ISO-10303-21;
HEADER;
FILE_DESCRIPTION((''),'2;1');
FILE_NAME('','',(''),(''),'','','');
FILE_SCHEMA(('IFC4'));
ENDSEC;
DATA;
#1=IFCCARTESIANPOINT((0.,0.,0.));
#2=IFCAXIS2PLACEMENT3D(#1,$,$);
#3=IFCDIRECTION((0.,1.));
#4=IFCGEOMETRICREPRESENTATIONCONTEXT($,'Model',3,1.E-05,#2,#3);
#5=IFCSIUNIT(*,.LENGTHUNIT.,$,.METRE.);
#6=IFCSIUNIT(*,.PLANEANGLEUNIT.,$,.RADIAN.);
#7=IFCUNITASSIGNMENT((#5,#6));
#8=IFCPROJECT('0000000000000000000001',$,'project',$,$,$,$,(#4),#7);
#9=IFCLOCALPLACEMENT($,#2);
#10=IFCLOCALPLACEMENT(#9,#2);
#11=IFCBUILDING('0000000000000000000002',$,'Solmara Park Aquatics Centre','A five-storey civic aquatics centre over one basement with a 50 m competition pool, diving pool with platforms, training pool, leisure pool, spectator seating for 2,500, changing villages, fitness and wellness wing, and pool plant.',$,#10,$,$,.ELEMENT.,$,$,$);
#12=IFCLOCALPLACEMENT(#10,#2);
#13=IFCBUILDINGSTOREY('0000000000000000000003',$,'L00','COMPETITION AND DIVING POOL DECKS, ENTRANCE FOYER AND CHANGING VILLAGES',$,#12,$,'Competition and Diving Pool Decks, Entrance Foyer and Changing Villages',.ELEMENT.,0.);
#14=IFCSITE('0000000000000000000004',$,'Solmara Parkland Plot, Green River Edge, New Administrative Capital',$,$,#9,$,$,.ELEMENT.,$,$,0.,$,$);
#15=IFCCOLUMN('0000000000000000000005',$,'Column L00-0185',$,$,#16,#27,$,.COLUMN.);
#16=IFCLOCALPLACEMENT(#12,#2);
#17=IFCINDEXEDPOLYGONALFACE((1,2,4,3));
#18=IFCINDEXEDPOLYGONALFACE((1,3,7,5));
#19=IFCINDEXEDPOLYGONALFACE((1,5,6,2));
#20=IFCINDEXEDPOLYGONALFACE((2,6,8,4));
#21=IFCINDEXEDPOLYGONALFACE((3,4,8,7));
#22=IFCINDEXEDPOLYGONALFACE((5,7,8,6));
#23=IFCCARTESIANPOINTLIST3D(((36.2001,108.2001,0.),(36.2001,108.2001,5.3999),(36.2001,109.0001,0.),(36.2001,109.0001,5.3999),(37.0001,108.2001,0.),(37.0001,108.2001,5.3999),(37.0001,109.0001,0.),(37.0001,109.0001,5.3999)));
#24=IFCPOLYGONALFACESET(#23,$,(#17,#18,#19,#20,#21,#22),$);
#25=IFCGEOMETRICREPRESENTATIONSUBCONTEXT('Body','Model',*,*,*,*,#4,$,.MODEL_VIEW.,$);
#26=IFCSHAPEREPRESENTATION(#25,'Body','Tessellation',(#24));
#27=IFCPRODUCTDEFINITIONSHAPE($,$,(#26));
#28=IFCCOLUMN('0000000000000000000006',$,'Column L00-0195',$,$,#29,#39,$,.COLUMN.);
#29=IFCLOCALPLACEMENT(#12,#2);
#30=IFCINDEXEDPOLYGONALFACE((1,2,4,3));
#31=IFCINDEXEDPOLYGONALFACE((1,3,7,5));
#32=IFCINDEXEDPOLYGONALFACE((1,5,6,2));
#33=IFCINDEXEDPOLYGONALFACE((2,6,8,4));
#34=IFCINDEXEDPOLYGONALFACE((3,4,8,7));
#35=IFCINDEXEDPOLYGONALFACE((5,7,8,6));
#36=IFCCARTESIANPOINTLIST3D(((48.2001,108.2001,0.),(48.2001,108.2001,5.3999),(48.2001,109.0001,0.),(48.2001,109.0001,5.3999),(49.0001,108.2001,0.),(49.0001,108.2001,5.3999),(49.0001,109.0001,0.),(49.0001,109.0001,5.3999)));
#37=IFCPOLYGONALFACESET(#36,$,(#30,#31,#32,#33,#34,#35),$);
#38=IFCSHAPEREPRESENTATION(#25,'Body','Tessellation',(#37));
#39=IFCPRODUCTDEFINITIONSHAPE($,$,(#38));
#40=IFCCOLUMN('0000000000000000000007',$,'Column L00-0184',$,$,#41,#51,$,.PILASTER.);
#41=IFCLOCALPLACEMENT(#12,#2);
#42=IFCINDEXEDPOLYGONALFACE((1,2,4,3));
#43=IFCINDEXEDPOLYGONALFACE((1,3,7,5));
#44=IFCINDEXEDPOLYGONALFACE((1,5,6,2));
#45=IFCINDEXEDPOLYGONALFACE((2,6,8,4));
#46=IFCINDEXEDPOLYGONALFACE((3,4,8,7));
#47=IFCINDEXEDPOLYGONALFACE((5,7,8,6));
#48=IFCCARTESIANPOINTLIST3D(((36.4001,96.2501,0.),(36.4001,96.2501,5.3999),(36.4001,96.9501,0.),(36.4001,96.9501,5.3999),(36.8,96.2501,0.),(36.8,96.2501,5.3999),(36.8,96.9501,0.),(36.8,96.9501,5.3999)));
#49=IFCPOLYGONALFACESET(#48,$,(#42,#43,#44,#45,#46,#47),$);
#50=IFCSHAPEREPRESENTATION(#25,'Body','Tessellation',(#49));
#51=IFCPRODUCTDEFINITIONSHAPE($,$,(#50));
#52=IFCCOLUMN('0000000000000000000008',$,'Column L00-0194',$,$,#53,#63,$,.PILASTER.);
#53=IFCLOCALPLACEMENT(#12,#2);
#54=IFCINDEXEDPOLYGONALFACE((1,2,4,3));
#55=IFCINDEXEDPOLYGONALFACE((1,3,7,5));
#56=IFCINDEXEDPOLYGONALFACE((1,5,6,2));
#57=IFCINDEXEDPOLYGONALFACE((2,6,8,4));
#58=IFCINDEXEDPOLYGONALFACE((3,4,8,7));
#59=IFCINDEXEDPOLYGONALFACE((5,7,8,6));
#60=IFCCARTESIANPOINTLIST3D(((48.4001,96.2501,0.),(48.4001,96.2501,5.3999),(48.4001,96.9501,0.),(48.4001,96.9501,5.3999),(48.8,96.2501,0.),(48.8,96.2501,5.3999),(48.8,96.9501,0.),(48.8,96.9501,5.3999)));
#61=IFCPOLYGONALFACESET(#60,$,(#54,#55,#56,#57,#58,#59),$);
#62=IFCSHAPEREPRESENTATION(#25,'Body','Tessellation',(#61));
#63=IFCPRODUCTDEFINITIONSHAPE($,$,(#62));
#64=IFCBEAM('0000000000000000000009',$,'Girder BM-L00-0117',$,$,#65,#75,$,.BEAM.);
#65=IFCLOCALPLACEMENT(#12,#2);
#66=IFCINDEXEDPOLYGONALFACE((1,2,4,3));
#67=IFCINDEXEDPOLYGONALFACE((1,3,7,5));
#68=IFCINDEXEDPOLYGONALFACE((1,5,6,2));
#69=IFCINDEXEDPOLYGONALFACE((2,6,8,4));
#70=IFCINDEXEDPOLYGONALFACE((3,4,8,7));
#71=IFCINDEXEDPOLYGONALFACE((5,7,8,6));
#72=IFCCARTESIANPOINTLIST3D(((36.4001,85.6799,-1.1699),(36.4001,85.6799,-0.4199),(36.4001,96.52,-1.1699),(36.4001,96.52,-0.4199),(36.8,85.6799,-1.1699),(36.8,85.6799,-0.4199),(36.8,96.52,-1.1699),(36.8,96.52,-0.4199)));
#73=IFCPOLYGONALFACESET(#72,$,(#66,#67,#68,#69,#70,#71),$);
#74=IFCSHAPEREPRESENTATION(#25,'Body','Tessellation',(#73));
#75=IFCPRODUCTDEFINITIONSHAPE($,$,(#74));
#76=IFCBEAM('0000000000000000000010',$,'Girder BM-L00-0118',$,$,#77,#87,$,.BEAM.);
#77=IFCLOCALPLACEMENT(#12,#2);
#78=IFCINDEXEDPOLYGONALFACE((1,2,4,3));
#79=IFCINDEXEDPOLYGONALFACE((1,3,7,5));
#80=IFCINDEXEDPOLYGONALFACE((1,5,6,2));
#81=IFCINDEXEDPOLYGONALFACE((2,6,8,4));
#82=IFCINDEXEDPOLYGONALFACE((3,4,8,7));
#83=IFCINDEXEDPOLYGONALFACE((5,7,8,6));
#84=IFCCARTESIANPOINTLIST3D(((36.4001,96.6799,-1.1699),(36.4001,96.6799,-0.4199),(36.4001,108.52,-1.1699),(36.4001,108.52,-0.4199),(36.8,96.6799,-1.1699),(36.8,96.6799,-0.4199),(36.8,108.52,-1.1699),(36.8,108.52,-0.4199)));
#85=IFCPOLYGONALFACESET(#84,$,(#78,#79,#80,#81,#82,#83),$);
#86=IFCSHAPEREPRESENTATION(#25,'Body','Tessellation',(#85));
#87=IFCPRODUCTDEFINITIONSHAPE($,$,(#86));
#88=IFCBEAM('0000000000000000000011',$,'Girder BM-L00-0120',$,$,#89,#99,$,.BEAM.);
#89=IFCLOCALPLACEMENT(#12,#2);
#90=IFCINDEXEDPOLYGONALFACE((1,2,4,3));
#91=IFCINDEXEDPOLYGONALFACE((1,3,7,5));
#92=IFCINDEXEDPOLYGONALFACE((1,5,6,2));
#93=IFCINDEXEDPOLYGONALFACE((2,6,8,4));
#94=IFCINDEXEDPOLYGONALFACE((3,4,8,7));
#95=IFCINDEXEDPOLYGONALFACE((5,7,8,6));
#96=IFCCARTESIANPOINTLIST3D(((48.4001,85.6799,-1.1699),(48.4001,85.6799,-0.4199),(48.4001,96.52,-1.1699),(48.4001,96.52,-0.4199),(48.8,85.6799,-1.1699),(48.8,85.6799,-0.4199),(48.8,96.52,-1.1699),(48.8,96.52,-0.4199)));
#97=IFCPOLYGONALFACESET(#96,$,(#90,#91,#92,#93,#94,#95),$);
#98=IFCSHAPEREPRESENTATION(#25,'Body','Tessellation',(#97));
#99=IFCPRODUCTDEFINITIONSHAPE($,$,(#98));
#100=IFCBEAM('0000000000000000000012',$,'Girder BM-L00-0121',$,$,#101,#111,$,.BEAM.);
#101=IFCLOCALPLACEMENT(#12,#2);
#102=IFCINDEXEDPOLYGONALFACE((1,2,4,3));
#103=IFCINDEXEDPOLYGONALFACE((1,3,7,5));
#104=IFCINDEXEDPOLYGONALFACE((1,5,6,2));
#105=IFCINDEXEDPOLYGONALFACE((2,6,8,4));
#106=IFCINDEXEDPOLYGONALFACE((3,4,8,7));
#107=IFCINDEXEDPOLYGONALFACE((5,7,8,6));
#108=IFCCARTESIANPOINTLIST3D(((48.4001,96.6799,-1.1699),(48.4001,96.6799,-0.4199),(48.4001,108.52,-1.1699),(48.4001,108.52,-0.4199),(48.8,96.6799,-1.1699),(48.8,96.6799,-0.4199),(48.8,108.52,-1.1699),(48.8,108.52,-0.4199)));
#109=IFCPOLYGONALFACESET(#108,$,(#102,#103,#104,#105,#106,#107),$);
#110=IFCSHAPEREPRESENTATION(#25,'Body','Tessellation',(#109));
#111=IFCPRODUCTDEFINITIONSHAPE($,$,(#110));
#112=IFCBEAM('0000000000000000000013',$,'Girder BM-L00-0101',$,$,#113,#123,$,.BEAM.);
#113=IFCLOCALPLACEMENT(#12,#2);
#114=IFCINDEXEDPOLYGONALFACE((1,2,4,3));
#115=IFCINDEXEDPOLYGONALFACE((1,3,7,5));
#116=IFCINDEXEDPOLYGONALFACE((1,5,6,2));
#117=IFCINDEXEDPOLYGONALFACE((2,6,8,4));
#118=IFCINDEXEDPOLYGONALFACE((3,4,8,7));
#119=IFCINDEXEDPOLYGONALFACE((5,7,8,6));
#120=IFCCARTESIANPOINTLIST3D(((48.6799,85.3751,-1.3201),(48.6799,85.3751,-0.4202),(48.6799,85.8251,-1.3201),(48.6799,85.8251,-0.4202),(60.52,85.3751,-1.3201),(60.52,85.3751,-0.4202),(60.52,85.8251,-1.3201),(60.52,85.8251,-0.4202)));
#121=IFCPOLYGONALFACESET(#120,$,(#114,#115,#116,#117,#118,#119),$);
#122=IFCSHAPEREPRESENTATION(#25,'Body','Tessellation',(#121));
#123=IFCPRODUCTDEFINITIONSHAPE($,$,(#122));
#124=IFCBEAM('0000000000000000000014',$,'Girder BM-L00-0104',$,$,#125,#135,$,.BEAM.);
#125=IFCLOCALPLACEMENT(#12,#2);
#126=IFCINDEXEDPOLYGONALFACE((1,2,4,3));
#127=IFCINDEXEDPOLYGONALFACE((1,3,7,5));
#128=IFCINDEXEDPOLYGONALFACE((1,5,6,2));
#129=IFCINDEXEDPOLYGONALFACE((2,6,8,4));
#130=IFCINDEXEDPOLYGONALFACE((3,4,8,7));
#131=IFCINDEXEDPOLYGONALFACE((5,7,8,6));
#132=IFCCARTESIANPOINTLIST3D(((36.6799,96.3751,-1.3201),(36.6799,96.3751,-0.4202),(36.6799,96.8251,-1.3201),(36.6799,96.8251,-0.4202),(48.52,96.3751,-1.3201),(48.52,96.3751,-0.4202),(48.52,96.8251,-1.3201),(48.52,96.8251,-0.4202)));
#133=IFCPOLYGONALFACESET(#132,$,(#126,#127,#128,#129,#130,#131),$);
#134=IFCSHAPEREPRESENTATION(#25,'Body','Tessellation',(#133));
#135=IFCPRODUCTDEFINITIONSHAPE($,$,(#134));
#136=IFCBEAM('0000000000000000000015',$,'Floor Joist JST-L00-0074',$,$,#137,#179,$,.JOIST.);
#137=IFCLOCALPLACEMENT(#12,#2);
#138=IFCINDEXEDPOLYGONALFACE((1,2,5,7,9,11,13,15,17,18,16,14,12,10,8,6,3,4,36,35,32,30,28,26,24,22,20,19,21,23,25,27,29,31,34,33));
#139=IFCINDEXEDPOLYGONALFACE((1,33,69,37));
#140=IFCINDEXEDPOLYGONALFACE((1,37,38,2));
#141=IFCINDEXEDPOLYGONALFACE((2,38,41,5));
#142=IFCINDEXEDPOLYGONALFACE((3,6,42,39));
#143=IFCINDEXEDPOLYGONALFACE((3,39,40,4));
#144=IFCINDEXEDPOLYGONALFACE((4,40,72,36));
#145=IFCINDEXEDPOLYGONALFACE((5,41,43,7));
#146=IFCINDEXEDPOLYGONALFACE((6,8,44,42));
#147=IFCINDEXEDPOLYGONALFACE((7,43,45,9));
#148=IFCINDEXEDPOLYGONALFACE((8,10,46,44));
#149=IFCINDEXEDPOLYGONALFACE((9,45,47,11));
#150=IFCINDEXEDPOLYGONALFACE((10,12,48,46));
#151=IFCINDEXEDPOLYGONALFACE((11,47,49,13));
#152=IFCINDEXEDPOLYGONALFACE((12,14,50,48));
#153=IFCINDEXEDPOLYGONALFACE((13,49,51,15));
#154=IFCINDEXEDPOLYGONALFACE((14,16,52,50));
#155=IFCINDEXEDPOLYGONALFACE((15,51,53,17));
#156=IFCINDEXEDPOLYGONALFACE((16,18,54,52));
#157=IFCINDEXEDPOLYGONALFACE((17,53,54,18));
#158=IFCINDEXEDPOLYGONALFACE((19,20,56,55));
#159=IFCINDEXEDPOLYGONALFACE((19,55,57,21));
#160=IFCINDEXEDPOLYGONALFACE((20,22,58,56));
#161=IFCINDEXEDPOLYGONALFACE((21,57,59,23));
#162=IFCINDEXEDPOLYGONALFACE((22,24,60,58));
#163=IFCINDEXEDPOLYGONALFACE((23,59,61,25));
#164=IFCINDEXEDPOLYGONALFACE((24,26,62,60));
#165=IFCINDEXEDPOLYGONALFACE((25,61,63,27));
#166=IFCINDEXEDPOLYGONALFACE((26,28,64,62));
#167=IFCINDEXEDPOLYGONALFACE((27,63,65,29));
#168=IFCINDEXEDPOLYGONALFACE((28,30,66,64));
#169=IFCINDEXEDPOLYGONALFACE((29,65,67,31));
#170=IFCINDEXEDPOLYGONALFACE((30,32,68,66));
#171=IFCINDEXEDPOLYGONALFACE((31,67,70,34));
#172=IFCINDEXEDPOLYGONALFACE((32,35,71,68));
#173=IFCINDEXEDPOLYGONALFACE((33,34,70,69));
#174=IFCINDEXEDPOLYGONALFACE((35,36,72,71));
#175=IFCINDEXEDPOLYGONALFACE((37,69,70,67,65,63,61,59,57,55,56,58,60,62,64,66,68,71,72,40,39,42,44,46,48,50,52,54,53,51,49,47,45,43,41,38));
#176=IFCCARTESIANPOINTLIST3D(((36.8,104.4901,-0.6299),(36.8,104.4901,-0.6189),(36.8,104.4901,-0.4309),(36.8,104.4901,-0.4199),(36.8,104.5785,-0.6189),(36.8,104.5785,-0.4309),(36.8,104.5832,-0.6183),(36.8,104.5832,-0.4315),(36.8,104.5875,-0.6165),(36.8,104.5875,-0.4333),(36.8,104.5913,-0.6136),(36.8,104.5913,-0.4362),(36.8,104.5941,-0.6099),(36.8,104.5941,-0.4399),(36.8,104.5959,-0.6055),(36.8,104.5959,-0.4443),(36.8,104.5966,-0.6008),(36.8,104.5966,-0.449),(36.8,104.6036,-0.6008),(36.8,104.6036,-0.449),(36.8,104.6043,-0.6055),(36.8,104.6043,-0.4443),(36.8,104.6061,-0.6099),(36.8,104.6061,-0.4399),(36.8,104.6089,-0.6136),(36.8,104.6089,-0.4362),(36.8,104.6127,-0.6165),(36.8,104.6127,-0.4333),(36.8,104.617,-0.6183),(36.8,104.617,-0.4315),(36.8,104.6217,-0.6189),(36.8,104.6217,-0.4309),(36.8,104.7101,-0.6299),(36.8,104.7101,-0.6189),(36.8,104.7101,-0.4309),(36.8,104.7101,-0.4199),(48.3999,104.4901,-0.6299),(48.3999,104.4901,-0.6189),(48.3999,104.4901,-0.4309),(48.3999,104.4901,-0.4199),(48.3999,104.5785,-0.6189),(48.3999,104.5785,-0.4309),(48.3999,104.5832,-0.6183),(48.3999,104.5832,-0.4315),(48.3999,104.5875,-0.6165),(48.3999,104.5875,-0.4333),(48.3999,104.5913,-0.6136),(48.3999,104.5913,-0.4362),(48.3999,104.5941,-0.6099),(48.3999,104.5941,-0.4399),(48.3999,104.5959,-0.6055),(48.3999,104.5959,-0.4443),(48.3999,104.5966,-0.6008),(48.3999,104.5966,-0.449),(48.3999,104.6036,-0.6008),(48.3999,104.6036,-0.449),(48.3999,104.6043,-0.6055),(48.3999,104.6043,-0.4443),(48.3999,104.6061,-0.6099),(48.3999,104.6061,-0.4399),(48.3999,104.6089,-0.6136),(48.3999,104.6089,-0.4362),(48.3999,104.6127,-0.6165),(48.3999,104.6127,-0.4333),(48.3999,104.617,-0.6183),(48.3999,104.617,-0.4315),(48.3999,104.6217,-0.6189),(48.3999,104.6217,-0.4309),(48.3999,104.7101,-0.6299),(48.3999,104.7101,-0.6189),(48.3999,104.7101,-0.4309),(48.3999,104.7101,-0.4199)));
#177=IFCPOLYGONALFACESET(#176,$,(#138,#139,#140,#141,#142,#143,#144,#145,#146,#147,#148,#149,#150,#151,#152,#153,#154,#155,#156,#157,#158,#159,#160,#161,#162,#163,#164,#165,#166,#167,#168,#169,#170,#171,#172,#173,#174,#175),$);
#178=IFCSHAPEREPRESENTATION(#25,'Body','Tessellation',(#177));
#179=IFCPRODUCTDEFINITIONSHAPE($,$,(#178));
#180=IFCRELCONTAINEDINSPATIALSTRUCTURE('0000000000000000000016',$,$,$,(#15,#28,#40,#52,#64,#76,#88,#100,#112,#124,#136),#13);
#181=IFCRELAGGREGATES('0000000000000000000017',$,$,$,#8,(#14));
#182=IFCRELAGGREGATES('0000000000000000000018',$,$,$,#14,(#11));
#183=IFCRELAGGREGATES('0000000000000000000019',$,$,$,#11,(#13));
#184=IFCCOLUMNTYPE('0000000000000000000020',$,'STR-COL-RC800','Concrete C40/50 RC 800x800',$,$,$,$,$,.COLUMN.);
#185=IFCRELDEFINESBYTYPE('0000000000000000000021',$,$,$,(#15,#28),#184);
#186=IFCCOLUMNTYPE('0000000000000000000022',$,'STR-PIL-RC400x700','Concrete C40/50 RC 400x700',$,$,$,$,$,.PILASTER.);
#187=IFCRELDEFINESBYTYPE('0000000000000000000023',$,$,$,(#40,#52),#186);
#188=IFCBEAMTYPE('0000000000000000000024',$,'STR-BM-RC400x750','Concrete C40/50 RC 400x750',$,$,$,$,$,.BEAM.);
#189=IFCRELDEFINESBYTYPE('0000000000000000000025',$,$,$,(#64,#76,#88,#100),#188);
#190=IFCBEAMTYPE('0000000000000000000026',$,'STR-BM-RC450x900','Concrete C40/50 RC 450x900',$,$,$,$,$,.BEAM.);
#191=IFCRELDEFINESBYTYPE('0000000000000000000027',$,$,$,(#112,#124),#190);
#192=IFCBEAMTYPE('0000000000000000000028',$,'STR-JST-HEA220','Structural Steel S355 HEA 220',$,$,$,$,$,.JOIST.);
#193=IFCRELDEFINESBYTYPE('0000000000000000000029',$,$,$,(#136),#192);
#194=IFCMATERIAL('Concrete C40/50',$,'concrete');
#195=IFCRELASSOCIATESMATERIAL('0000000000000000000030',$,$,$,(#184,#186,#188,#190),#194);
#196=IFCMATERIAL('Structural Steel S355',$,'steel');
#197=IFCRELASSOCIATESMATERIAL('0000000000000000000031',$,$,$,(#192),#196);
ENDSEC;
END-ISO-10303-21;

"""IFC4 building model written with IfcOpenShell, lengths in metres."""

from ifc_helpers import new_model, si_unit, direction, frame, origin, origin_2d, place, context, subcontext, project, spatial, rectangle, i_section, extrude, material, material_profile, profile_set, type_object, element, save


model = new_model("IFC4")

# Units and contexts
model_context = context("Model", 3, precision=1e-05, world=origin(), true_north=direction((0.0, 1.0)))
body_context = subcontext(model_context, "Body", "Model", "MODEL_VIEW")
ifc_project = project(units=[si_unit("LENGTHUNIT", "METRE"), si_unit("PLANEANGLEUNIT", "RADIAN")], contexts=[model_context])

# Site, building, storey
site_placement = place(None, origin())
site = spatial("IfcSite", under=ifc_project, at=site_placement, Name="Solmara Parkland Plot, Green River Edge, New Administrative Capital", CompositionType="ELEMENT", RefElevation=0.0)
building_placement = place(site_placement, origin())
building = spatial("IfcBuilding", under=site, at=building_placement, Name="Solmara Park Aquatics Centre", Description="A five-storey civic aquatics centre over one basement with a 50 m competition pool, diving pool with platforms, training pool, leisure pool, spectator seating for 2,500, changing villages, fitness and wellness wing, and pool plant.", CompositionType="ELEMENT")
storey_placement = place(building_placement, origin())
storey = spatial("IfcBuildingStorey", under=building, at=storey_placement, Name="L00", Description="COMPETITION AND DIVING POOL DECKS, ENTRANCE FOYER AND CHANGING VILLAGES", LongName="Competition and Diving Pool Decks, Entrance Foyer and Changing Villages", CompositionType="ELEMENT", Elevation=0.0)

# Columns
ifc_material_1 = material(Name="Concrete C40/50", Category="concrete")
ifc_material_profile_1 = material_profile(ifc_material_1, rectangle(XDim=0.8, YDim=0.8, at=origin_2d()), Name="RC 800x800")
ifc_profile_set_1 = profile_set([ifc_material_profile_1], Name="Concrete C40/50")
column_type_1 = type_object("IfcColumnType", Name="STR-COL-RC800", Description="Concrete C40/50 RC 800x800", PredefinedType="COLUMN", material=ifc_profile_set_1)
for number, where, z_axis, x_axis, name in (
    (1, (36.6001, 108.6001, 0.0), (0.0, 0.0, 1.0), (1.0, 0.0, 0.0), "Column L00-0185"),
    (2, (48.6001, 108.6001, 0.0), (0.0, 0.0, 1.0), (1.0, 0.0, 0.0), "Column L00-0195"),
):
    element("IfcColumn", number, at=place(storey_placement, frame(where, z_axis=z_axis, x_axis=x_axis)), inside=storey, type_object=column_type_1, Name=name, PredefinedType="COLUMN", context=body_context, shape_type="SweptSolid", body=[
        extrude(rectangle(XDim=0.8, YDim=0.8, at=origin_2d()), origin(), (0.0, 0.0, 1.0), 5.3999),
    ])
ifc_material_profile_2 = material_profile(ifc_material_1, rectangle(XDim=0.3999, YDim=0.7, at=origin_2d()), Name="RC 400x700")
ifc_profile_set_2 = profile_set([ifc_material_profile_2], Name="Concrete C40/50")
column_type_2 = type_object("IfcColumnType", Name="STR-PIL-RC400x700", Description="Concrete C40/50 RC 400x700", PredefinedType="PILASTER", material=ifc_profile_set_2)
for number, where, z_axis, x_axis, name in (
    (3, (36.6001, 96.6001, 0.0), (0.0, 0.0, 1.0), (1.0, 0.0, 0.0), "Column L00-0184"),
    (4, (48.6001, 96.6001, 0.0), (0.0, 0.0, 1.0), (1.0, 0.0, 0.0), "Column L00-0194"),
):
    element("IfcColumn", number, at=place(storey_placement, frame(where, z_axis=z_axis, x_axis=x_axis)), inside=storey, type_object=column_type_2, Name=name, PredefinedType="PILASTER", context=body_context, shape_type="SweptSolid", body=[
        extrude(rectangle(XDim=0.3999, YDim=0.7, at=origin_2d()), origin(), (0.0, 0.0, 1.0), 5.3999),
    ])

# Beams
ifc_material_profile_3 = material_profile(ifc_material_1, rectangle(XDim=0.3999, YDim=0.75, at=origin_2d()), Name="RC 400x750")
ifc_profile_set_3 = profile_set([ifc_material_profile_3], Name="Concrete C40/50")
beam_type_1 = type_object("IfcBeamType", Name="STR-BM-RC400x750", Description="Concrete C40/50 RC 400x750", PredefinedType="BEAM", material=ifc_profile_set_3)
beam_1_placement = place(storey_placement, frame((36.6001, 85.6799, -0.7949), z_axis=(0.0, 1.0, 0.0), x_axis=(-1.0, 0.0, 0.0)))
element("IfcBeam", 5, at=beam_1_placement, inside=storey, type_object=beam_type_1, Name="Girder BM-L00-0117", PredefinedType="BEAM", context=body_context, shape_type="SweptSolid", body=[
    extrude(rectangle(XDim=0.3999, YDim=0.75, at=origin_2d()), origin(), (0.0, 0.0, 1.0), 10.8401),
])
beam_2_placement = place(storey_placement, frame((36.6001, 96.6799, -0.7949), z_axis=(0.0, 1.0, 0.0), x_axis=(-1.0, 0.0, 0.0)))
element("IfcBeam", 6, at=beam_2_placement, inside=storey, type_object=beam_type_1, Name="Girder BM-L00-0118", PredefinedType="BEAM", context=body_context, shape_type="SweptSolid", body=[
    extrude(rectangle(XDim=0.3999, YDim=0.75, at=origin_2d()), origin(), (0.0, 0.0, 1.0), 11.8401),
])
beam_3_placement = place(storey_placement, frame((48.6001, 85.6799, -0.7949), z_axis=(0.0, 1.0, 0.0), x_axis=(-1.0, 0.0, 0.0)))
element("IfcBeam", 7, at=beam_3_placement, inside=storey, type_object=beam_type_1, Name="Girder BM-L00-0120", PredefinedType="BEAM", context=body_context, shape_type="SweptSolid", body=[
    extrude(rectangle(XDim=0.3999, YDim=0.75, at=origin_2d()), origin(), (0.0, 0.0, 1.0), 10.8401),
])
beam_4_placement = place(storey_placement, frame((48.6001, 96.6799, -0.7949), z_axis=(0.0, 1.0, 0.0), x_axis=(-1.0, 0.0, 0.0)))
element("IfcBeam", 8, at=beam_4_placement, inside=storey, type_object=beam_type_1, Name="Girder BM-L00-0121", PredefinedType="BEAM", context=body_context, shape_type="SweptSolid", body=[
    extrude(rectangle(XDim=0.3999, YDim=0.75, at=origin_2d()), origin(), (0.0, 0.0, 1.0), 11.8401),
])
ifc_material_profile_4 = material_profile(ifc_material_1, rectangle(XDim=0.45, YDim=0.8999, at=origin_2d()), Name="RC 450x900")
ifc_profile_set_4 = profile_set([ifc_material_profile_4], Name="Concrete C40/50")
beam_type_2 = type_object("IfcBeamType", Name="STR-BM-RC450x900", Description="Concrete C40/50 RC 450x900", PredefinedType="BEAM", material=ifc_profile_set_4)
for number, where, z_axis, x_axis, name in (
    (9, (48.6799, 85.6001, -0.8701), (1.0, 0.0, 0.0), (0.0, 1.0, 0.0), "Girder BM-L00-0101"),
    (10, (36.6799, 96.6001, -0.8701), (1.0, 0.0, 0.0), (0.0, 1.0, 0.0), "Girder BM-L00-0104"),
):
    element("IfcBeam", number, at=place(storey_placement, frame(where, z_axis=z_axis, x_axis=x_axis)), inside=storey, type_object=beam_type_2, Name=name, PredefinedType="BEAM", context=body_context, shape_type="SweptSolid", body=[
        extrude(rectangle(XDim=0.45, YDim=0.8999, at=origin_2d()), origin(), (0.0, 0.0, 1.0), 11.8401),
    ])
ifc_material_2 = material(Name="Structural Steel S355", Category="steel")
ifc_material_profile_5 = material_profile(ifc_material_2, i_section(OverallWidth=0.22, OverallDepth=0.21, WebThickness=0.0071, FlangeThickness=0.011, FilletRadius=0.0181, at=origin_2d()), Name="HEA 220")
ifc_profile_set_5 = profile_set([ifc_material_profile_5], Name="Structural Steel S355")
beam_type_3 = type_object("IfcBeamType", Name="STR-JST-HEA220", Description="Structural Steel S355 HEA 220", PredefinedType="JOIST", material=ifc_profile_set_5)
beam_5_placement = place(storey_placement, frame((36.8, 104.6001, -0.5249), z_axis=(1.0, 0.0, 0.0), x_axis=(0.0, 1.0, 0.0)))
element("IfcBeam", 11, at=beam_5_placement, inside=storey, type_object=beam_type_3, Name="Floor Joist JST-L00-0074", PredefinedType="JOIST", context=body_context, shape_type="SweptSolid", body=[
    extrude(i_section(OverallWidth=0.22, OverallDepth=0.21, WebThickness=0.0071, FlangeThickness=0.011, FilletRadius=0.0181, at=origin_2d()), origin(), (0.0, 0.0, 1.0), 11.5999),
])

save(model, "model.ifc")
